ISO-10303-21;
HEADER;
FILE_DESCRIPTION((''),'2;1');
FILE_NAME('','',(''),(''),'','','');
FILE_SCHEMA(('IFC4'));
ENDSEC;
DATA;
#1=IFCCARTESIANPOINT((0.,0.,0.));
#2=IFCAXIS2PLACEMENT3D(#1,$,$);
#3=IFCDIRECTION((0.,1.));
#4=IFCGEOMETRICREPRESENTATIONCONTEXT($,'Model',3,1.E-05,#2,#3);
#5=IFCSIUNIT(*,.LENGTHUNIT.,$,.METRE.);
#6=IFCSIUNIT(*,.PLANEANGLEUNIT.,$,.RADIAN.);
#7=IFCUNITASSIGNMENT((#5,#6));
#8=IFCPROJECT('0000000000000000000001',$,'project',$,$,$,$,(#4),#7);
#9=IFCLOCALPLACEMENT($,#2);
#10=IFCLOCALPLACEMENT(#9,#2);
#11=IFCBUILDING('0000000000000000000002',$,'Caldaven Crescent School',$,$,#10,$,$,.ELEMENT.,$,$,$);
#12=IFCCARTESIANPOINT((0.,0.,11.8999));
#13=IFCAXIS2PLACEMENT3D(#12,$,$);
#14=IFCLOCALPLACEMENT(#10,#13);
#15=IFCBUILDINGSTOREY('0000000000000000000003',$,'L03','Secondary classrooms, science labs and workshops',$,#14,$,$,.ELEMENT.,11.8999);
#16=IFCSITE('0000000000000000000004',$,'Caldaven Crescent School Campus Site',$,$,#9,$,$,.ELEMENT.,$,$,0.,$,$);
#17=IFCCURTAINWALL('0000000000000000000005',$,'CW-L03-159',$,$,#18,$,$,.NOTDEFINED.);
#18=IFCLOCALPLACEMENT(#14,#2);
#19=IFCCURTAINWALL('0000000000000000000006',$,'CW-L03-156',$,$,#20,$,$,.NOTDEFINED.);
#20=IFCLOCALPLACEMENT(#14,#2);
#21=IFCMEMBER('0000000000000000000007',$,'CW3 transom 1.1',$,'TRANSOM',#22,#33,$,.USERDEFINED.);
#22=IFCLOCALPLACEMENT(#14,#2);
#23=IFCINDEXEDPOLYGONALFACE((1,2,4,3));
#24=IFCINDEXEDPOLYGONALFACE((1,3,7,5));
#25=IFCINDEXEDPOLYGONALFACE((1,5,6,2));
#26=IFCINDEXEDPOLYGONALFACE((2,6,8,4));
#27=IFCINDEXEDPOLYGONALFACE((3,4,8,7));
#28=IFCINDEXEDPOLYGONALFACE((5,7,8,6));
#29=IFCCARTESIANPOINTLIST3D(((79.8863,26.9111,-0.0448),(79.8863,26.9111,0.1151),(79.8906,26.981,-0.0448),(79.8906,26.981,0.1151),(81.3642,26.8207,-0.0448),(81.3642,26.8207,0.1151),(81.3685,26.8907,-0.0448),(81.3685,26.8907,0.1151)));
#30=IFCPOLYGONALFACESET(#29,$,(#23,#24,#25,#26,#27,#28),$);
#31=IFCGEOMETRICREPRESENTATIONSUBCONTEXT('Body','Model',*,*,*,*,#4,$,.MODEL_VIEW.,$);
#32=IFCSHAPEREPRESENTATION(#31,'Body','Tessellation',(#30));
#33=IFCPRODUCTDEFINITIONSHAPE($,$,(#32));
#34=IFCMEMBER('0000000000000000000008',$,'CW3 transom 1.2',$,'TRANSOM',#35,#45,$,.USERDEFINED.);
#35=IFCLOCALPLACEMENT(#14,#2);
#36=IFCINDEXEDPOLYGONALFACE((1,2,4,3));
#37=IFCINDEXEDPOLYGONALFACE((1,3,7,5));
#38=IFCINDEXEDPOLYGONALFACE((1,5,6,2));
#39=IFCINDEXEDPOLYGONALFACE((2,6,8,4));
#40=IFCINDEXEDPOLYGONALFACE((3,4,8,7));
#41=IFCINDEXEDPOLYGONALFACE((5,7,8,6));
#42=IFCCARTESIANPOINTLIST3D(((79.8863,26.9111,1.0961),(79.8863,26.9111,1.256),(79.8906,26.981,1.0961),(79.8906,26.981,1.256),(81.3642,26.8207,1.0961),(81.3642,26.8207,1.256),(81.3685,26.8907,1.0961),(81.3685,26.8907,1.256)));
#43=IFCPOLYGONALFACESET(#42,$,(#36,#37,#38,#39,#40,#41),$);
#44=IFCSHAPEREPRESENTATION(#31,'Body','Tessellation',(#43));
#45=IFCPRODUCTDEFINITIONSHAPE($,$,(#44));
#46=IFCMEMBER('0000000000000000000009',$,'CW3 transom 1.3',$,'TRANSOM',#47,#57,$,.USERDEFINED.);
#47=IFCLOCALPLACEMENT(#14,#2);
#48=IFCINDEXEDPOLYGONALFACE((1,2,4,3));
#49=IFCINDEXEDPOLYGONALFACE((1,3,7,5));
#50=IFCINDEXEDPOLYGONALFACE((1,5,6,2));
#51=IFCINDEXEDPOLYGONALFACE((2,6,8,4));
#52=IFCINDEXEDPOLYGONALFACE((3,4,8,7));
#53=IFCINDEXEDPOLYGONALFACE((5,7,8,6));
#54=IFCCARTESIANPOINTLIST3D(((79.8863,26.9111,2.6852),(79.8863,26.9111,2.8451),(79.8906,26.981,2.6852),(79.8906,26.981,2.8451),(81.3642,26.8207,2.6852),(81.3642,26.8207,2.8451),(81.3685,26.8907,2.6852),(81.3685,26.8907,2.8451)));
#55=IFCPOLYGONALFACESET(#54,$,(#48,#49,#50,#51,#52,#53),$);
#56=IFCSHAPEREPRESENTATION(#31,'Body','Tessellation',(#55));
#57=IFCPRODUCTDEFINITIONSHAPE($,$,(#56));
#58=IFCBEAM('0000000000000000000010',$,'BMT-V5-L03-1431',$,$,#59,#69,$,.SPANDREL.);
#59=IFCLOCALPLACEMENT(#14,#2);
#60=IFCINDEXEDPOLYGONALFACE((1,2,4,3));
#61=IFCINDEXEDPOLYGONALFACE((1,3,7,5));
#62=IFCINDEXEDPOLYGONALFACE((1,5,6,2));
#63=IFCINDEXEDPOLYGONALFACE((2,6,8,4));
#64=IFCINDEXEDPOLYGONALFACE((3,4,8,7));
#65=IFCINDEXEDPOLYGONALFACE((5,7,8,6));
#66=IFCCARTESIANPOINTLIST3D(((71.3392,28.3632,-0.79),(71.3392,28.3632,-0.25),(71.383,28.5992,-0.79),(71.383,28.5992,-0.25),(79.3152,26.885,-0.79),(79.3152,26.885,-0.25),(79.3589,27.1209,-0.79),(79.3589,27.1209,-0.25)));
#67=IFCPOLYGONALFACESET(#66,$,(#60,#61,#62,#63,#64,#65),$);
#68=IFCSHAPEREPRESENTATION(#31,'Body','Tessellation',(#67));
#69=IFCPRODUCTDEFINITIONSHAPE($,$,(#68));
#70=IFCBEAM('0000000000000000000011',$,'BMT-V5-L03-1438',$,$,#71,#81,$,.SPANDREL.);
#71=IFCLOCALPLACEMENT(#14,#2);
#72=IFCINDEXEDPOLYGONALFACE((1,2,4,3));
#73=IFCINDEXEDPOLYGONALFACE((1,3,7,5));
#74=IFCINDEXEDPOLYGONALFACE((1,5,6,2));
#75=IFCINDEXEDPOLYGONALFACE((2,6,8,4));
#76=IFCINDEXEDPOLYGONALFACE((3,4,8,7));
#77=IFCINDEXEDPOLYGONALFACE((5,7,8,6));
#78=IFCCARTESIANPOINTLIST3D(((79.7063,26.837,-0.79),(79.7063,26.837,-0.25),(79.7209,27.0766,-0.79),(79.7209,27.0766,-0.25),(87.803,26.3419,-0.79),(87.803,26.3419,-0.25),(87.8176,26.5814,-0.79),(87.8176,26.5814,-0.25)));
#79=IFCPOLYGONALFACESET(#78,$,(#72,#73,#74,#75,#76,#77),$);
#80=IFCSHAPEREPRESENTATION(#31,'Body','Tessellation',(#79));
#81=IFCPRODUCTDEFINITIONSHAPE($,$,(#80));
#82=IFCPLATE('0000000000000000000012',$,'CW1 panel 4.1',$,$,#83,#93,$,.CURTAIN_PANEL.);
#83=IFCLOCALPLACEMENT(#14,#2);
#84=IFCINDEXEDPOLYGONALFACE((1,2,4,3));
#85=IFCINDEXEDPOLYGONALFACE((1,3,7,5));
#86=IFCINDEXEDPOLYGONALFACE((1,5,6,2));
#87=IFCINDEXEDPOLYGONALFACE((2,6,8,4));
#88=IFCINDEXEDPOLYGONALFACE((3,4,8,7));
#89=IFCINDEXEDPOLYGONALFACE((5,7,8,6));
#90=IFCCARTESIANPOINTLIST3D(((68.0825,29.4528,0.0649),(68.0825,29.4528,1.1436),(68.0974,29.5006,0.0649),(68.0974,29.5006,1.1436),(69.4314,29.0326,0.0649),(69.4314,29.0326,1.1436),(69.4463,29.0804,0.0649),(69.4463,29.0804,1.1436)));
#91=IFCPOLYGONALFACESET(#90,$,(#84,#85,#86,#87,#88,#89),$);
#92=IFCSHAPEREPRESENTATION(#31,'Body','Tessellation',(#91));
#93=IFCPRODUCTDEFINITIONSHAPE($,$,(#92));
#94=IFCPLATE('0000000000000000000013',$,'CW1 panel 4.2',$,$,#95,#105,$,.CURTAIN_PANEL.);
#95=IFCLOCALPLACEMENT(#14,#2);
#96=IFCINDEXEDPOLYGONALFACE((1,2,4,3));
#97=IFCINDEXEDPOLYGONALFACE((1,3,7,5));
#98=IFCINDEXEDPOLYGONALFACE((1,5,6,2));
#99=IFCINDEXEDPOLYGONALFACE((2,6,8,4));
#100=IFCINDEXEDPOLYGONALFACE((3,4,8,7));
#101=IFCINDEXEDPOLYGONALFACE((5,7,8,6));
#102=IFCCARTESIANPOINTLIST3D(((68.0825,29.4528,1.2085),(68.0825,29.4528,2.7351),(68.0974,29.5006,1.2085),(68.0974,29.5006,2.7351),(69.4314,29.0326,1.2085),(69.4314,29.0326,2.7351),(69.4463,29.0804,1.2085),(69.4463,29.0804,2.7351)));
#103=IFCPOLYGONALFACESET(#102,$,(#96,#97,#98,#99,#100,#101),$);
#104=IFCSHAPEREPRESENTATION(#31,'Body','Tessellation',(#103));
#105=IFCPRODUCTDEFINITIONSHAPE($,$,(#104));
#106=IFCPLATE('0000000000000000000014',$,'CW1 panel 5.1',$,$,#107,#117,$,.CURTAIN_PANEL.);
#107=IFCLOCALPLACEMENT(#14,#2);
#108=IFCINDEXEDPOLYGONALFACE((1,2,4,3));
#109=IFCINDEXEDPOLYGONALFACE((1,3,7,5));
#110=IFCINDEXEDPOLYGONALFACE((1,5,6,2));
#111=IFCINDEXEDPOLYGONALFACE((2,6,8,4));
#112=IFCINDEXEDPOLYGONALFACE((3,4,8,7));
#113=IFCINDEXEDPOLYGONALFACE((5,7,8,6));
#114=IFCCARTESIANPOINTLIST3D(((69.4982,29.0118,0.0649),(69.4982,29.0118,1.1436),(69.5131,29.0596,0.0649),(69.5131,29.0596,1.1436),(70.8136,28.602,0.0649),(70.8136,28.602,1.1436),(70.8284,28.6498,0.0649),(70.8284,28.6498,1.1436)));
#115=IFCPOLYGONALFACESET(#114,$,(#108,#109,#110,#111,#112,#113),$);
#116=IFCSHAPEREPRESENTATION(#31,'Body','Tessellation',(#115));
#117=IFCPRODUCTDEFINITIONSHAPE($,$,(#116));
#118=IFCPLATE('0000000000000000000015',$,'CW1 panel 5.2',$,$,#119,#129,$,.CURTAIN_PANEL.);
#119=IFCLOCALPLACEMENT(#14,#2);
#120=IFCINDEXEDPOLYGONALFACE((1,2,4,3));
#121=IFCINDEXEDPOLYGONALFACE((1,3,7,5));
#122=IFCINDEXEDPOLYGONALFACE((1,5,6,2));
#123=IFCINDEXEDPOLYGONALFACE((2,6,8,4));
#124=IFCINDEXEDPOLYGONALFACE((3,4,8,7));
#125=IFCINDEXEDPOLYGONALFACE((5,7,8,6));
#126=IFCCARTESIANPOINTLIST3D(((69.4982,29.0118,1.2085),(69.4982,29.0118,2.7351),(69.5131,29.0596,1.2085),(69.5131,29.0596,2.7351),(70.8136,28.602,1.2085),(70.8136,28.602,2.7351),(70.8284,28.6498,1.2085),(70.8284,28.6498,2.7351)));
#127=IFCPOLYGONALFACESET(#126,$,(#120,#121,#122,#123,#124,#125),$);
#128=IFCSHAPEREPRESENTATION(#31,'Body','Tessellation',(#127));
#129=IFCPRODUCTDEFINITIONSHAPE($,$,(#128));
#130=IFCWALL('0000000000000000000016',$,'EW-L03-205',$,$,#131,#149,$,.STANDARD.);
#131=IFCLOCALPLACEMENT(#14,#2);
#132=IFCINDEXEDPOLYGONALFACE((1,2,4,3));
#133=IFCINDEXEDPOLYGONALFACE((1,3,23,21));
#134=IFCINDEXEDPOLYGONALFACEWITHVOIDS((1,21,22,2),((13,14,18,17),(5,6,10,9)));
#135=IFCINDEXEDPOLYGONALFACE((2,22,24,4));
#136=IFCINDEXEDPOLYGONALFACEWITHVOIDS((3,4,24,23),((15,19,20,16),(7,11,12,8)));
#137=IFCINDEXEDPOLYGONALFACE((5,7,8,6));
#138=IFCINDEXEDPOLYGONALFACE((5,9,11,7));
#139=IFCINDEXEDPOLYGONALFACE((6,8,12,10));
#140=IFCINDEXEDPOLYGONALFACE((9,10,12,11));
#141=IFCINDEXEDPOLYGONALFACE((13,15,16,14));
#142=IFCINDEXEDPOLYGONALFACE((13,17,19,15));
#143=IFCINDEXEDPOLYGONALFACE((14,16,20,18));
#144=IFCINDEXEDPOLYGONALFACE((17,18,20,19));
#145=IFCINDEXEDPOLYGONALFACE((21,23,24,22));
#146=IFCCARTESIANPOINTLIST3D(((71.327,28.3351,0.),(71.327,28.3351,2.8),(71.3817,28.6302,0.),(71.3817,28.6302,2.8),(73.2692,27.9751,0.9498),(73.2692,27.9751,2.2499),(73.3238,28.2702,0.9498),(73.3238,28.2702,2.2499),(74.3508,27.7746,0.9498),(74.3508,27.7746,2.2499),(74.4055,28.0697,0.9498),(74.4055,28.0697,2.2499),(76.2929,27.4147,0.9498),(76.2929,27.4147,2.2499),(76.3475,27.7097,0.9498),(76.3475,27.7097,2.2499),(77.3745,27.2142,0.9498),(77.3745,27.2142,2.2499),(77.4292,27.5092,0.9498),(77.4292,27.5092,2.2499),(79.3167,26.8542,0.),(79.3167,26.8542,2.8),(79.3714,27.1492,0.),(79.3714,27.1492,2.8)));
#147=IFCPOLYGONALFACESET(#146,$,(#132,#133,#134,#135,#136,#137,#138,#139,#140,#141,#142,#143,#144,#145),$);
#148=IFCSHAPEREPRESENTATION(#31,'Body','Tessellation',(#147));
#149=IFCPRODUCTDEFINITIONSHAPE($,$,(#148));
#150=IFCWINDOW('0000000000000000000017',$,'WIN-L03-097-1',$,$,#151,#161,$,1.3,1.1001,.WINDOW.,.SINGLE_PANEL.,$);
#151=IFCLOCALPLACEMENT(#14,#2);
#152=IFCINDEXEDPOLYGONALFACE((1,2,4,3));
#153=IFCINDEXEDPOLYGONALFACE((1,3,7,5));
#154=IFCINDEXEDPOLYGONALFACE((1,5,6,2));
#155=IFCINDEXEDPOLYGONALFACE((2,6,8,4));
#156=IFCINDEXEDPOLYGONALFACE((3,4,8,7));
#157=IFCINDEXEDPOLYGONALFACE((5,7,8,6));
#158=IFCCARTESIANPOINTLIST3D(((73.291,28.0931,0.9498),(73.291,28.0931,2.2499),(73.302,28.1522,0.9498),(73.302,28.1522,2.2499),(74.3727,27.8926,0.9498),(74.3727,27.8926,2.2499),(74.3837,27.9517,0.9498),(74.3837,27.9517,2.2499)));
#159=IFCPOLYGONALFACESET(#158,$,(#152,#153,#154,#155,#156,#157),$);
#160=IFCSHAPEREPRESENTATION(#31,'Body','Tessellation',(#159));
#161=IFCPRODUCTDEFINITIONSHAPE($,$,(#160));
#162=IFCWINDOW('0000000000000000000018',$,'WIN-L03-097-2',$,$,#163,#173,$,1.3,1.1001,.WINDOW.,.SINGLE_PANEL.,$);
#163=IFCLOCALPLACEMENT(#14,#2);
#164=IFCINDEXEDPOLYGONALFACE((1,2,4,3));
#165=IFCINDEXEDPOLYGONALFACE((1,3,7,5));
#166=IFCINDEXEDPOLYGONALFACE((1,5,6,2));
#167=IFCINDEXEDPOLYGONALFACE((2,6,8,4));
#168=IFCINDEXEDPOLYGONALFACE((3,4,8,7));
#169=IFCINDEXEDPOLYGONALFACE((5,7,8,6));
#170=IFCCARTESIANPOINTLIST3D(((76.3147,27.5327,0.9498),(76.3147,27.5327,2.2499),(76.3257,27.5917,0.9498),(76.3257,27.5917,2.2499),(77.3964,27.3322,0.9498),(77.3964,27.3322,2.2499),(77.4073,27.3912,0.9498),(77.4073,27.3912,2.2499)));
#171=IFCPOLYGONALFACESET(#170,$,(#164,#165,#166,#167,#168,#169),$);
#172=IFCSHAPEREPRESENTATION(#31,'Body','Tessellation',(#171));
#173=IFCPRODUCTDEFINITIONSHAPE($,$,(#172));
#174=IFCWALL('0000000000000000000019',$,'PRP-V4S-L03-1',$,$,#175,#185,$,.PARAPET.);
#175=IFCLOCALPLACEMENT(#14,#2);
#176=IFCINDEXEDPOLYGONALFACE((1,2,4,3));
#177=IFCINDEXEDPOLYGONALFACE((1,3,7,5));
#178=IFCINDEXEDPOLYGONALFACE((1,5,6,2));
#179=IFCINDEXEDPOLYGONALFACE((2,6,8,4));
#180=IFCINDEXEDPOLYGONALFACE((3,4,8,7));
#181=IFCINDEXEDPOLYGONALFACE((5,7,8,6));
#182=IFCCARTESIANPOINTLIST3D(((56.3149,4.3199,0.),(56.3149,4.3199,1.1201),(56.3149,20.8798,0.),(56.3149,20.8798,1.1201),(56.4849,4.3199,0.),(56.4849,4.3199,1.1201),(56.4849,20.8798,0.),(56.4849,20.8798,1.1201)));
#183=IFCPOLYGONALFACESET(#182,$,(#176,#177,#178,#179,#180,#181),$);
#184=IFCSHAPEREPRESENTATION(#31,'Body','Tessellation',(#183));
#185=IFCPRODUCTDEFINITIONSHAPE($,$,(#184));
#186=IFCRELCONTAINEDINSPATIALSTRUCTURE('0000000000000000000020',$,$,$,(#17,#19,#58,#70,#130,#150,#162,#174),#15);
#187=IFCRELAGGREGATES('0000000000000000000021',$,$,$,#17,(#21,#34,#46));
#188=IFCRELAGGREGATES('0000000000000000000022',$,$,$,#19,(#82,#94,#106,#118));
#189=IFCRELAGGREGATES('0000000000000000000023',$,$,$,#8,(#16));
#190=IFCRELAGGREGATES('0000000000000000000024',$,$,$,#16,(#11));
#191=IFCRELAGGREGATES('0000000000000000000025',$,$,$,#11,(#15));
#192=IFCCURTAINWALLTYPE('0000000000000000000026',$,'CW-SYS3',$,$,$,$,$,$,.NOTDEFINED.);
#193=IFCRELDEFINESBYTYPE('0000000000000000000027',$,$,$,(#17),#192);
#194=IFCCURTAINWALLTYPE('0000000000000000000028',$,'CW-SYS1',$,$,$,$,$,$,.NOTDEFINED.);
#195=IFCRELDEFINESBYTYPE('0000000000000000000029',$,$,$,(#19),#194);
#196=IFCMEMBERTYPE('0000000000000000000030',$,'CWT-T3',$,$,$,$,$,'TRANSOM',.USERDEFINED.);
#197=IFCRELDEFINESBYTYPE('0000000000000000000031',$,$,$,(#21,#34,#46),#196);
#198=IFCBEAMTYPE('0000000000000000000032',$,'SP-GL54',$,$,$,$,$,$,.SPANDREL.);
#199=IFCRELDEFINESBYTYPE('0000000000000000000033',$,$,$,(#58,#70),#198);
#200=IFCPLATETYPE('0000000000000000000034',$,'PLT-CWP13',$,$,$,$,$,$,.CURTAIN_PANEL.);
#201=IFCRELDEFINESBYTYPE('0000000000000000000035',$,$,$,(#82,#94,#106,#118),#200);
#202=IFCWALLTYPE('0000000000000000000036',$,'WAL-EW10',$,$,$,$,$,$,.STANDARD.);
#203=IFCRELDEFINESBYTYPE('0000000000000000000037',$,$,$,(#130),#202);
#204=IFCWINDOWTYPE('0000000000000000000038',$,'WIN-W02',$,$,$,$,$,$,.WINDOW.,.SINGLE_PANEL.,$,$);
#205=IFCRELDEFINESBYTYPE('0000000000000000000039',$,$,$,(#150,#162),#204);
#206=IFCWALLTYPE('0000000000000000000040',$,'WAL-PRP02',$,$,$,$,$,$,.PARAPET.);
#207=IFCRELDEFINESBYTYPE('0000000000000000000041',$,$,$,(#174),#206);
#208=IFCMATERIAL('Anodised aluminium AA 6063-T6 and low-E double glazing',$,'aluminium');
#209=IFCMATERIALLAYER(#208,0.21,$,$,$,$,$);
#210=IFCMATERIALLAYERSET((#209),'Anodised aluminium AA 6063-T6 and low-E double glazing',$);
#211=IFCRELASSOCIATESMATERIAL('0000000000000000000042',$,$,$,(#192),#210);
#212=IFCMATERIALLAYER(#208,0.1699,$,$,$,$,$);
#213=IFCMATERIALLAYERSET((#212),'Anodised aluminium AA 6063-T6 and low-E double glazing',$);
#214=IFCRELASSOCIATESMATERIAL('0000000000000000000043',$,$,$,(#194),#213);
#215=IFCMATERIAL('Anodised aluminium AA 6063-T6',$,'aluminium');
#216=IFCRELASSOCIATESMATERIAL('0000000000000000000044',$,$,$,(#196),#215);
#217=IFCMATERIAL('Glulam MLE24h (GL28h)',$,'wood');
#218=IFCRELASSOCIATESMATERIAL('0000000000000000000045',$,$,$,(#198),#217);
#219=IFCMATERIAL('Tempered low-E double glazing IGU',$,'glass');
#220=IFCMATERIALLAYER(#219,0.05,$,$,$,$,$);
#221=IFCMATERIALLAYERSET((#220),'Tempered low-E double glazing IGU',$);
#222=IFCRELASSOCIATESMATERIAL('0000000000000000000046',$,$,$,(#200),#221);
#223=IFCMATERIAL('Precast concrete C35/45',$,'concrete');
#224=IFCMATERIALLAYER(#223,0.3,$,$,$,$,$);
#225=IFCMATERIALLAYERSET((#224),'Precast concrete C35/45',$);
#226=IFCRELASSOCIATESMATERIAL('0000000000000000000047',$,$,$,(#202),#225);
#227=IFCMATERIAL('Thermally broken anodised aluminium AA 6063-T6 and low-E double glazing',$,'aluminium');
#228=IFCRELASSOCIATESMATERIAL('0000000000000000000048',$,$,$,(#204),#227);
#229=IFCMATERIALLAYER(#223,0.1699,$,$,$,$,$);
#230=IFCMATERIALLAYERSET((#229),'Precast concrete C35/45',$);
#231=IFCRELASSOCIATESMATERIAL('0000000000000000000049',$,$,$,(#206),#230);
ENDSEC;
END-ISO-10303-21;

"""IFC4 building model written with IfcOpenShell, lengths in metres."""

from ifc_helpers import new_model, si_unit, direction, frame, frame_2d, origin, origin_2d, place, context, subcontext, project, spatial, rectangle, extrude, material, layer, layer_set, material_profile, profile_set, type_object, element, fill, aggregate, save


model = new_model("IFC4")

# Units and contexts
model_context = context("Model", 3, precision=1e-05, world=origin(), true_north=direction((0.0, 1.0)))
body_context = subcontext(model_context, "Body", "Model", "MODEL_VIEW")
ifc_project = project(units=[si_unit("LENGTHUNIT", "METRE"), si_unit("PLANEANGLEUNIT", "RADIAN")], contexts=[model_context])

# Site, building, storey
site_placement = place(None, origin())
site = spatial("IfcSite", under=ifc_project, at=site_placement, Name="Caldaven Crescent School Campus Site", CompositionType="ELEMENT", RefElevation=0.0)
building_placement = place(site_placement, origin())
building = spatial("IfcBuilding", under=site, at=building_placement, Name="Caldaven Crescent School", CompositionType="ELEMENT")
storey_placement = place(building_placement, frame((0.0, 0.0, 11.8999)))
storey = spatial("IfcBuildingStorey", under=building, at=storey_placement, Name="L03", Description="Secondary classrooms, science labs and workshops", CompositionType="ELEMENT", Elevation=11.8999)

# Shared definitions
ifc_material_1 = material(Name="Glulam MLE24h (GL28h)", Category="wood")

# Curtain wall
ifc_material_2 = material(Name="Anodised aluminium AA 6063-T6 and low-E double glazing", Category="aluminium")
ifc_layer_1 = layer(ifc_material_2, 0.21)
ifc_layer_set_1 = layer_set([ifc_layer_1], Name="Anodised aluminium AA 6063-T6 and low-E double glazing")
curtain_wall_type_1 = type_object("IfcCurtainWallType", Name="CW-SYS3", PredefinedType="NOTDEFINED", material=ifc_layer_set_1)
curtain_wall_1_placement = place(storey_placement, origin())
curtain_wall_1 = element("IfcCurtainWall", 1, at=curtain_wall_1_placement, inside=storey, type_object=curtain_wall_type_1, Name="CW-L03-159", PredefinedType="NOTDEFINED")
ifc_material_3 = material(Name="Anodised aluminium AA 6063-T6", Category="aluminium")

# Curtain wall
ifc_layer_2 = layer(ifc_material_2, 0.1699)
ifc_layer_set_2 = layer_set([ifc_layer_2], Name="Anodised aluminium AA 6063-T6 and low-E double glazing")
curtain_wall_type_2 = type_object("IfcCurtainWallType", Name="CW-SYS1", PredefinedType="NOTDEFINED", material=ifc_layer_set_2)
curtain_wall_2_placement = place(storey_placement, origin())
curtain_wall_2 = element("IfcCurtainWall", 2, at=curtain_wall_2_placement, inside=storey, type_object=curtain_wall_type_2, Name="CW-L03-156", PredefinedType="NOTDEFINED")

# Members
ifc_material_profile_1 = material_profile(ifc_material_3, rectangle(XDim=0.0701, YDim=0.1599, at=origin_2d()), Name="CWT 70x160")
ifc_profile_set_1 = profile_set([ifc_material_profile_1], Name="Anodised aluminium AA 6063-T6")
member_type_1 = type_object("IfcMemberType", Name="CWT-T3", ElementType="TRANSOM", PredefinedType="USERDEFINED", material=ifc_profile_set_1)
member_1_placement = place(storey_placement, frame((79.8884, 26.946, 0.0352), z_axis=(0.998138, -0.061003, 0.0), x_axis=(0.061003, 0.998138, 0.0)))
member_1 = element("IfcMember", 3, at=member_1_placement, type_object=member_type_1, Name="CW3 transom 1.1", ObjectType="TRANSOM", PredefinedType="USERDEFINED", context=body_context, shape_type="SweptSolid", body=[
    extrude(rectangle(XDim=0.0701, YDim=0.1599, at=origin_2d()), origin(), (0.0, 0.0, 1.0), 1.4807),
])
member_2_placement = place(storey_placement, frame((79.8884, 26.946, 1.176), z_axis=(0.998138, -0.061003, 0.0), x_axis=(0.061003, 0.998138, 0.0)))
member_2 = element("IfcMember", 4, at=member_2_placement, type_object=member_type_1, Name="CW3 transom 1.2", ObjectType="TRANSOM", PredefinedType="USERDEFINED", context=body_context, shape_type="SweptSolid", body=[
    extrude(rectangle(XDim=0.0701, YDim=0.1599, at=origin_2d()), origin(), (0.0, 0.0, 1.0), 1.4807),
])
member_3_placement = place(storey_placement, frame((79.8884, 26.946, 2.7651), z_axis=(0.998138, -0.061003, 0.0), x_axis=(0.061003, 0.998138, 0.0)))
member_3 = element("IfcMember", 5, at=member_3_placement, type_object=member_type_1, Name="CW3 transom 1.3", ObjectType="TRANSOM", PredefinedType="USERDEFINED", context=body_context, shape_type="SweptSolid", body=[
    extrude(rectangle(XDim=0.0701, YDim=0.1599, at=origin_2d()), origin(), (0.0, 0.0, 1.0), 1.4807),
])
aggregate(curtain_wall_1, [member_1, member_2, member_3])

# Beams
ifc_material_profile_2 = material_profile(ifc_material_1, rectangle(XDim=0.24, YDim=0.54, at=origin_2d()), Name="MLE 240x540")
ifc_profile_set_2 = profile_set([ifc_material_profile_2], Name="Glulam MLE24h (GL28h)")
beam_type_1 = type_object("IfcBeamType", Name="SP-GL54", PredefinedType="SPANDREL", material=ifc_profile_set_2)
for number, where, z_axis, x_axis, name in (
    (6, (71.3611, 28.4812, -0.52), (0.983255, -0.182235, 0.0), (0.182235, 0.983255, 0.0), "BMT-V5-L03-1431"),
    (7, (79.7136, 26.9568, -0.52), (0.998136, -0.061037, 0.0), (0.061037, 0.998136, 0.0), "BMT-V5-L03-1438"),
):
    element("IfcBeam", number, at=place(storey_placement, frame(where, z_axis=z_axis, x_axis=x_axis)), inside=storey, type_object=beam_type_1, Name=name, PredefinedType="SPANDREL", context=body_context, shape_type="SweptSolid", body=[
        extrude(rectangle(XDim=0.24, YDim=0.54, at=origin_2d()), origin(), (0.0, 0.0, 1.0), 8.1118),
    ])

# Plates
ifc_material_4 = material(Name="Tempered low-E double glazing IGU", Category="glass")
ifc_layer_3 = layer(ifc_material_4, 0.05)
ifc_layer_set_3 = layer_set([ifc_layer_3], Name="Tempered low-E double glazing IGU")
plate_type = type_object("IfcPlateType", Name="PLT-CWP13", PredefinedType="CURTAIN_PANEL", material=ifc_layer_set_3)
plate_1_placement = place(storey_placement, frame((68.7644, 29.2666, 0.0649), z_axis=(0.0, 0.0, 1.0), x_axis=(0.954747, -0.29742, 0.0)))
plate_1 = element("IfcPlate", 8, at=plate_1_placement, type_object=plate_type, Name="CW1 panel 4.1", PredefinedType="CURTAIN_PANEL", context=body_context, shape_type="SweptSolid", body=[
    extrude(rectangle(XDim=1.4128, YDim=0.05, at=origin_2d()), origin(), (0.0, 0.0, 1.0), 1.0786),
])
plate_2_placement = place(storey_placement, frame((68.7644, 29.2666, 1.2085), z_axis=(0.0, 0.0, 1.0), x_axis=(0.954747, -0.29742, 0.0)))
plate_2 = element("IfcPlate", 9, at=plate_2_placement, type_object=plate_type, Name="CW1 panel 4.2", PredefinedType="CURTAIN_PANEL", context=body_context, shape_type="SweptSolid", body=[
    extrude(rectangle(XDim=1.4128, YDim=0.05, at=origin_2d()), origin(), (0.0, 0.0, 1.0), 1.5266),
])
plate_3_placement = place(storey_placement, frame((70.1633, 28.8308, 0.0649), z_axis=(0.0, 0.0, 1.0), x_axis=(0.954747, -0.29742, 0.0)))
plate_3 = element("IfcPlate", 10, at=plate_3_placement, type_object=plate_type, Name="CW1 panel 5.1", PredefinedType="CURTAIN_PANEL", context=body_context, shape_type="SweptSolid", body=[
    extrude(rectangle(XDim=1.3777, YDim=0.05, at=origin_2d()), origin(), (0.0, 0.0, 1.0), 1.0786),
])
plate_4_placement = place(storey_placement, frame((70.1633, 28.8308, 1.2085), z_axis=(0.0, 0.0, 1.0), x_axis=(0.954747, -0.29742, 0.0)))
plate_4 = element("IfcPlate", 11, at=plate_4_placement, type_object=plate_type, Name="CW1 panel 5.2", PredefinedType="CURTAIN_PANEL", context=body_context, shape_type="SweptSolid", body=[
    extrude(rectangle(XDim=1.3777, YDim=0.05, at=origin_2d()), origin(), (0.0, 0.0, 1.0), 1.5266),
])
aggregate(curtain_wall_2, [plate_1, plate_2, plate_3, plate_4])

# Wall, openings, windows
ifc_material_5 = material(Name="Precast concrete C35/45", Category="concrete")
ifc_layer_4 = layer(ifc_material_5, 0.3)
ifc_layer_set_4 = layer_set([ifc_layer_4], Name="Precast concrete C35/45")
wall_type_1 = type_object("IfcWallType", Name="WAL-EW10", PredefinedType="STANDARD", material=ifc_layer_set_4)
wall_1_placement = place(storey_placement, frame((71.3542, 28.4827, 0.0), z_axis=(0.0, 0.0, 1.0), x_axis=(0.983252, -0.182253, 0.0)))
wall_1 = element("IfcWall", 12, at=wall_1_placement, inside=storey, type_object=wall_type_1, Name="EW-L03-205", PredefinedType="STANDARD", context=body_context, shape_type="SweptSolid", body=[
    extrude(rectangle(XDim=8.1257, YDim=0.3, at=frame_2d((4.063, 0.0))), origin(), (0.0, 0.0, 1.0), 2.8),
])
opening_1_placement = place(wall_1_placement, frame((1.9753, 0.0, 0.95)))
opening_1 = element("IfcOpeningElement", 13, at=opening_1_placement, cuts=wall_1, PredefinedType="OPENING", context=body_context, shape_type="SweptSolid", body=[
    extrude(rectangle(XDim=1.1001, YDim=1.3, at=frame_2d((0.55, 0.6499))), frame((0.0, 0.1599, 0.0), z_axis=(0.0, -1.0, 0.0), x_axis=(1.0, 0.0, 0.0)), (0.0, 0.0, 1.0), 0.3201),
])
opening_2_placement = place(wall_1_placement, frame((5.0505, 0.0, 0.95)))
opening_2 = element("IfcOpeningElement", 14, at=opening_2_placement, cuts=wall_1, PredefinedType="OPENING", context=body_context, shape_type="SweptSolid", body=[
    extrude(rectangle(XDim=1.1001, YDim=1.3, at=frame_2d((0.55, 0.6499))), frame((0.0, 0.1599, 0.0), z_axis=(0.0, -1.0, 0.0), x_axis=(1.0, 0.0, 0.0)), (0.0, 0.0, 1.0), 0.3201),
])
ifc_material_6 = material(Name="Thermally broken anodised aluminium AA 6063-T6 and low-E double glazing", Category="aluminium")
window_type = type_object("IfcWindowType", Name="WIN-W02", PartitioningType="SINGLE_PANEL", PredefinedType="WINDOW", material=ifc_material_6)
window_1_placement = place(opening_1_placement, origin())
window_1 = element("IfcWindow", 15, at=window_1_placement, inside=storey, type_object=window_type, Name="WIN-L03-097-1", OverallHeight=1.3, OverallWidth=1.1001, PartitioningType="SINGLE_PANEL", PredefinedType="WINDOW", context=body_context, shape_type="SweptSolid", body=[
    extrude(rectangle(XDim=1.1001, YDim=1.3, at=frame_2d((0.55, 0.6499))), frame((0.0, 0.03, 0.0), z_axis=(0.0, -1.0, 0.0), x_axis=(1.0, 0.0, 0.0)), (0.0, 0.0, 1.0), 0.0601),
])
fill(opening_1, window_1)
window_2_placement = place(opening_2_placement, origin())
window_2 = element("IfcWindow", 16, at=window_2_placement, inside=storey, type_object=window_type, Name="WIN-L03-097-2", OverallHeight=1.3, OverallWidth=1.1001, PartitioningType="SINGLE_PANEL", PredefinedType="WINDOW", context=body_context, shape_type="SweptSolid", body=[
    extrude(rectangle(XDim=1.1001, YDim=1.3, at=frame_2d((0.55, 0.6499))), frame((0.0, 0.03, 0.0), z_axis=(0.0, -1.0, 0.0), x_axis=(1.0, 0.0, 0.0)), (0.0, 0.0, 1.0), 0.0601),
])
fill(opening_2, window_2)

# Wall
ifc_layer_5 = layer(ifc_material_5, 0.1699)
ifc_layer_set_5 = layer_set([ifc_layer_5], Name="Precast concrete C35/45")
wall_type_2 = type_object("IfcWallType", Name="WAL-PRP02", PredefinedType="PARAPET", material=ifc_layer_set_5)
wall_2_placement = place(storey_placement, frame((56.3999, 4.3201, 0.0), z_axis=(0.0, 0.0, 1.0), x_axis=(0.0, 1.0, 0.0)))
element("IfcWall", 17, at=wall_2_placement, inside=storey, type_object=wall_type_2, Name="PRP-V4S-L03-1", PredefinedType="PARAPET", context=body_context, shape_type="SweptSolid", body=[
    extrude(rectangle(XDim=16.5598, YDim=0.1699, at=frame_2d((8.2798, 0.0))), origin(), (0.0, 0.0, 1.0), 1.1201),
])

save(model, "model.ifc")
